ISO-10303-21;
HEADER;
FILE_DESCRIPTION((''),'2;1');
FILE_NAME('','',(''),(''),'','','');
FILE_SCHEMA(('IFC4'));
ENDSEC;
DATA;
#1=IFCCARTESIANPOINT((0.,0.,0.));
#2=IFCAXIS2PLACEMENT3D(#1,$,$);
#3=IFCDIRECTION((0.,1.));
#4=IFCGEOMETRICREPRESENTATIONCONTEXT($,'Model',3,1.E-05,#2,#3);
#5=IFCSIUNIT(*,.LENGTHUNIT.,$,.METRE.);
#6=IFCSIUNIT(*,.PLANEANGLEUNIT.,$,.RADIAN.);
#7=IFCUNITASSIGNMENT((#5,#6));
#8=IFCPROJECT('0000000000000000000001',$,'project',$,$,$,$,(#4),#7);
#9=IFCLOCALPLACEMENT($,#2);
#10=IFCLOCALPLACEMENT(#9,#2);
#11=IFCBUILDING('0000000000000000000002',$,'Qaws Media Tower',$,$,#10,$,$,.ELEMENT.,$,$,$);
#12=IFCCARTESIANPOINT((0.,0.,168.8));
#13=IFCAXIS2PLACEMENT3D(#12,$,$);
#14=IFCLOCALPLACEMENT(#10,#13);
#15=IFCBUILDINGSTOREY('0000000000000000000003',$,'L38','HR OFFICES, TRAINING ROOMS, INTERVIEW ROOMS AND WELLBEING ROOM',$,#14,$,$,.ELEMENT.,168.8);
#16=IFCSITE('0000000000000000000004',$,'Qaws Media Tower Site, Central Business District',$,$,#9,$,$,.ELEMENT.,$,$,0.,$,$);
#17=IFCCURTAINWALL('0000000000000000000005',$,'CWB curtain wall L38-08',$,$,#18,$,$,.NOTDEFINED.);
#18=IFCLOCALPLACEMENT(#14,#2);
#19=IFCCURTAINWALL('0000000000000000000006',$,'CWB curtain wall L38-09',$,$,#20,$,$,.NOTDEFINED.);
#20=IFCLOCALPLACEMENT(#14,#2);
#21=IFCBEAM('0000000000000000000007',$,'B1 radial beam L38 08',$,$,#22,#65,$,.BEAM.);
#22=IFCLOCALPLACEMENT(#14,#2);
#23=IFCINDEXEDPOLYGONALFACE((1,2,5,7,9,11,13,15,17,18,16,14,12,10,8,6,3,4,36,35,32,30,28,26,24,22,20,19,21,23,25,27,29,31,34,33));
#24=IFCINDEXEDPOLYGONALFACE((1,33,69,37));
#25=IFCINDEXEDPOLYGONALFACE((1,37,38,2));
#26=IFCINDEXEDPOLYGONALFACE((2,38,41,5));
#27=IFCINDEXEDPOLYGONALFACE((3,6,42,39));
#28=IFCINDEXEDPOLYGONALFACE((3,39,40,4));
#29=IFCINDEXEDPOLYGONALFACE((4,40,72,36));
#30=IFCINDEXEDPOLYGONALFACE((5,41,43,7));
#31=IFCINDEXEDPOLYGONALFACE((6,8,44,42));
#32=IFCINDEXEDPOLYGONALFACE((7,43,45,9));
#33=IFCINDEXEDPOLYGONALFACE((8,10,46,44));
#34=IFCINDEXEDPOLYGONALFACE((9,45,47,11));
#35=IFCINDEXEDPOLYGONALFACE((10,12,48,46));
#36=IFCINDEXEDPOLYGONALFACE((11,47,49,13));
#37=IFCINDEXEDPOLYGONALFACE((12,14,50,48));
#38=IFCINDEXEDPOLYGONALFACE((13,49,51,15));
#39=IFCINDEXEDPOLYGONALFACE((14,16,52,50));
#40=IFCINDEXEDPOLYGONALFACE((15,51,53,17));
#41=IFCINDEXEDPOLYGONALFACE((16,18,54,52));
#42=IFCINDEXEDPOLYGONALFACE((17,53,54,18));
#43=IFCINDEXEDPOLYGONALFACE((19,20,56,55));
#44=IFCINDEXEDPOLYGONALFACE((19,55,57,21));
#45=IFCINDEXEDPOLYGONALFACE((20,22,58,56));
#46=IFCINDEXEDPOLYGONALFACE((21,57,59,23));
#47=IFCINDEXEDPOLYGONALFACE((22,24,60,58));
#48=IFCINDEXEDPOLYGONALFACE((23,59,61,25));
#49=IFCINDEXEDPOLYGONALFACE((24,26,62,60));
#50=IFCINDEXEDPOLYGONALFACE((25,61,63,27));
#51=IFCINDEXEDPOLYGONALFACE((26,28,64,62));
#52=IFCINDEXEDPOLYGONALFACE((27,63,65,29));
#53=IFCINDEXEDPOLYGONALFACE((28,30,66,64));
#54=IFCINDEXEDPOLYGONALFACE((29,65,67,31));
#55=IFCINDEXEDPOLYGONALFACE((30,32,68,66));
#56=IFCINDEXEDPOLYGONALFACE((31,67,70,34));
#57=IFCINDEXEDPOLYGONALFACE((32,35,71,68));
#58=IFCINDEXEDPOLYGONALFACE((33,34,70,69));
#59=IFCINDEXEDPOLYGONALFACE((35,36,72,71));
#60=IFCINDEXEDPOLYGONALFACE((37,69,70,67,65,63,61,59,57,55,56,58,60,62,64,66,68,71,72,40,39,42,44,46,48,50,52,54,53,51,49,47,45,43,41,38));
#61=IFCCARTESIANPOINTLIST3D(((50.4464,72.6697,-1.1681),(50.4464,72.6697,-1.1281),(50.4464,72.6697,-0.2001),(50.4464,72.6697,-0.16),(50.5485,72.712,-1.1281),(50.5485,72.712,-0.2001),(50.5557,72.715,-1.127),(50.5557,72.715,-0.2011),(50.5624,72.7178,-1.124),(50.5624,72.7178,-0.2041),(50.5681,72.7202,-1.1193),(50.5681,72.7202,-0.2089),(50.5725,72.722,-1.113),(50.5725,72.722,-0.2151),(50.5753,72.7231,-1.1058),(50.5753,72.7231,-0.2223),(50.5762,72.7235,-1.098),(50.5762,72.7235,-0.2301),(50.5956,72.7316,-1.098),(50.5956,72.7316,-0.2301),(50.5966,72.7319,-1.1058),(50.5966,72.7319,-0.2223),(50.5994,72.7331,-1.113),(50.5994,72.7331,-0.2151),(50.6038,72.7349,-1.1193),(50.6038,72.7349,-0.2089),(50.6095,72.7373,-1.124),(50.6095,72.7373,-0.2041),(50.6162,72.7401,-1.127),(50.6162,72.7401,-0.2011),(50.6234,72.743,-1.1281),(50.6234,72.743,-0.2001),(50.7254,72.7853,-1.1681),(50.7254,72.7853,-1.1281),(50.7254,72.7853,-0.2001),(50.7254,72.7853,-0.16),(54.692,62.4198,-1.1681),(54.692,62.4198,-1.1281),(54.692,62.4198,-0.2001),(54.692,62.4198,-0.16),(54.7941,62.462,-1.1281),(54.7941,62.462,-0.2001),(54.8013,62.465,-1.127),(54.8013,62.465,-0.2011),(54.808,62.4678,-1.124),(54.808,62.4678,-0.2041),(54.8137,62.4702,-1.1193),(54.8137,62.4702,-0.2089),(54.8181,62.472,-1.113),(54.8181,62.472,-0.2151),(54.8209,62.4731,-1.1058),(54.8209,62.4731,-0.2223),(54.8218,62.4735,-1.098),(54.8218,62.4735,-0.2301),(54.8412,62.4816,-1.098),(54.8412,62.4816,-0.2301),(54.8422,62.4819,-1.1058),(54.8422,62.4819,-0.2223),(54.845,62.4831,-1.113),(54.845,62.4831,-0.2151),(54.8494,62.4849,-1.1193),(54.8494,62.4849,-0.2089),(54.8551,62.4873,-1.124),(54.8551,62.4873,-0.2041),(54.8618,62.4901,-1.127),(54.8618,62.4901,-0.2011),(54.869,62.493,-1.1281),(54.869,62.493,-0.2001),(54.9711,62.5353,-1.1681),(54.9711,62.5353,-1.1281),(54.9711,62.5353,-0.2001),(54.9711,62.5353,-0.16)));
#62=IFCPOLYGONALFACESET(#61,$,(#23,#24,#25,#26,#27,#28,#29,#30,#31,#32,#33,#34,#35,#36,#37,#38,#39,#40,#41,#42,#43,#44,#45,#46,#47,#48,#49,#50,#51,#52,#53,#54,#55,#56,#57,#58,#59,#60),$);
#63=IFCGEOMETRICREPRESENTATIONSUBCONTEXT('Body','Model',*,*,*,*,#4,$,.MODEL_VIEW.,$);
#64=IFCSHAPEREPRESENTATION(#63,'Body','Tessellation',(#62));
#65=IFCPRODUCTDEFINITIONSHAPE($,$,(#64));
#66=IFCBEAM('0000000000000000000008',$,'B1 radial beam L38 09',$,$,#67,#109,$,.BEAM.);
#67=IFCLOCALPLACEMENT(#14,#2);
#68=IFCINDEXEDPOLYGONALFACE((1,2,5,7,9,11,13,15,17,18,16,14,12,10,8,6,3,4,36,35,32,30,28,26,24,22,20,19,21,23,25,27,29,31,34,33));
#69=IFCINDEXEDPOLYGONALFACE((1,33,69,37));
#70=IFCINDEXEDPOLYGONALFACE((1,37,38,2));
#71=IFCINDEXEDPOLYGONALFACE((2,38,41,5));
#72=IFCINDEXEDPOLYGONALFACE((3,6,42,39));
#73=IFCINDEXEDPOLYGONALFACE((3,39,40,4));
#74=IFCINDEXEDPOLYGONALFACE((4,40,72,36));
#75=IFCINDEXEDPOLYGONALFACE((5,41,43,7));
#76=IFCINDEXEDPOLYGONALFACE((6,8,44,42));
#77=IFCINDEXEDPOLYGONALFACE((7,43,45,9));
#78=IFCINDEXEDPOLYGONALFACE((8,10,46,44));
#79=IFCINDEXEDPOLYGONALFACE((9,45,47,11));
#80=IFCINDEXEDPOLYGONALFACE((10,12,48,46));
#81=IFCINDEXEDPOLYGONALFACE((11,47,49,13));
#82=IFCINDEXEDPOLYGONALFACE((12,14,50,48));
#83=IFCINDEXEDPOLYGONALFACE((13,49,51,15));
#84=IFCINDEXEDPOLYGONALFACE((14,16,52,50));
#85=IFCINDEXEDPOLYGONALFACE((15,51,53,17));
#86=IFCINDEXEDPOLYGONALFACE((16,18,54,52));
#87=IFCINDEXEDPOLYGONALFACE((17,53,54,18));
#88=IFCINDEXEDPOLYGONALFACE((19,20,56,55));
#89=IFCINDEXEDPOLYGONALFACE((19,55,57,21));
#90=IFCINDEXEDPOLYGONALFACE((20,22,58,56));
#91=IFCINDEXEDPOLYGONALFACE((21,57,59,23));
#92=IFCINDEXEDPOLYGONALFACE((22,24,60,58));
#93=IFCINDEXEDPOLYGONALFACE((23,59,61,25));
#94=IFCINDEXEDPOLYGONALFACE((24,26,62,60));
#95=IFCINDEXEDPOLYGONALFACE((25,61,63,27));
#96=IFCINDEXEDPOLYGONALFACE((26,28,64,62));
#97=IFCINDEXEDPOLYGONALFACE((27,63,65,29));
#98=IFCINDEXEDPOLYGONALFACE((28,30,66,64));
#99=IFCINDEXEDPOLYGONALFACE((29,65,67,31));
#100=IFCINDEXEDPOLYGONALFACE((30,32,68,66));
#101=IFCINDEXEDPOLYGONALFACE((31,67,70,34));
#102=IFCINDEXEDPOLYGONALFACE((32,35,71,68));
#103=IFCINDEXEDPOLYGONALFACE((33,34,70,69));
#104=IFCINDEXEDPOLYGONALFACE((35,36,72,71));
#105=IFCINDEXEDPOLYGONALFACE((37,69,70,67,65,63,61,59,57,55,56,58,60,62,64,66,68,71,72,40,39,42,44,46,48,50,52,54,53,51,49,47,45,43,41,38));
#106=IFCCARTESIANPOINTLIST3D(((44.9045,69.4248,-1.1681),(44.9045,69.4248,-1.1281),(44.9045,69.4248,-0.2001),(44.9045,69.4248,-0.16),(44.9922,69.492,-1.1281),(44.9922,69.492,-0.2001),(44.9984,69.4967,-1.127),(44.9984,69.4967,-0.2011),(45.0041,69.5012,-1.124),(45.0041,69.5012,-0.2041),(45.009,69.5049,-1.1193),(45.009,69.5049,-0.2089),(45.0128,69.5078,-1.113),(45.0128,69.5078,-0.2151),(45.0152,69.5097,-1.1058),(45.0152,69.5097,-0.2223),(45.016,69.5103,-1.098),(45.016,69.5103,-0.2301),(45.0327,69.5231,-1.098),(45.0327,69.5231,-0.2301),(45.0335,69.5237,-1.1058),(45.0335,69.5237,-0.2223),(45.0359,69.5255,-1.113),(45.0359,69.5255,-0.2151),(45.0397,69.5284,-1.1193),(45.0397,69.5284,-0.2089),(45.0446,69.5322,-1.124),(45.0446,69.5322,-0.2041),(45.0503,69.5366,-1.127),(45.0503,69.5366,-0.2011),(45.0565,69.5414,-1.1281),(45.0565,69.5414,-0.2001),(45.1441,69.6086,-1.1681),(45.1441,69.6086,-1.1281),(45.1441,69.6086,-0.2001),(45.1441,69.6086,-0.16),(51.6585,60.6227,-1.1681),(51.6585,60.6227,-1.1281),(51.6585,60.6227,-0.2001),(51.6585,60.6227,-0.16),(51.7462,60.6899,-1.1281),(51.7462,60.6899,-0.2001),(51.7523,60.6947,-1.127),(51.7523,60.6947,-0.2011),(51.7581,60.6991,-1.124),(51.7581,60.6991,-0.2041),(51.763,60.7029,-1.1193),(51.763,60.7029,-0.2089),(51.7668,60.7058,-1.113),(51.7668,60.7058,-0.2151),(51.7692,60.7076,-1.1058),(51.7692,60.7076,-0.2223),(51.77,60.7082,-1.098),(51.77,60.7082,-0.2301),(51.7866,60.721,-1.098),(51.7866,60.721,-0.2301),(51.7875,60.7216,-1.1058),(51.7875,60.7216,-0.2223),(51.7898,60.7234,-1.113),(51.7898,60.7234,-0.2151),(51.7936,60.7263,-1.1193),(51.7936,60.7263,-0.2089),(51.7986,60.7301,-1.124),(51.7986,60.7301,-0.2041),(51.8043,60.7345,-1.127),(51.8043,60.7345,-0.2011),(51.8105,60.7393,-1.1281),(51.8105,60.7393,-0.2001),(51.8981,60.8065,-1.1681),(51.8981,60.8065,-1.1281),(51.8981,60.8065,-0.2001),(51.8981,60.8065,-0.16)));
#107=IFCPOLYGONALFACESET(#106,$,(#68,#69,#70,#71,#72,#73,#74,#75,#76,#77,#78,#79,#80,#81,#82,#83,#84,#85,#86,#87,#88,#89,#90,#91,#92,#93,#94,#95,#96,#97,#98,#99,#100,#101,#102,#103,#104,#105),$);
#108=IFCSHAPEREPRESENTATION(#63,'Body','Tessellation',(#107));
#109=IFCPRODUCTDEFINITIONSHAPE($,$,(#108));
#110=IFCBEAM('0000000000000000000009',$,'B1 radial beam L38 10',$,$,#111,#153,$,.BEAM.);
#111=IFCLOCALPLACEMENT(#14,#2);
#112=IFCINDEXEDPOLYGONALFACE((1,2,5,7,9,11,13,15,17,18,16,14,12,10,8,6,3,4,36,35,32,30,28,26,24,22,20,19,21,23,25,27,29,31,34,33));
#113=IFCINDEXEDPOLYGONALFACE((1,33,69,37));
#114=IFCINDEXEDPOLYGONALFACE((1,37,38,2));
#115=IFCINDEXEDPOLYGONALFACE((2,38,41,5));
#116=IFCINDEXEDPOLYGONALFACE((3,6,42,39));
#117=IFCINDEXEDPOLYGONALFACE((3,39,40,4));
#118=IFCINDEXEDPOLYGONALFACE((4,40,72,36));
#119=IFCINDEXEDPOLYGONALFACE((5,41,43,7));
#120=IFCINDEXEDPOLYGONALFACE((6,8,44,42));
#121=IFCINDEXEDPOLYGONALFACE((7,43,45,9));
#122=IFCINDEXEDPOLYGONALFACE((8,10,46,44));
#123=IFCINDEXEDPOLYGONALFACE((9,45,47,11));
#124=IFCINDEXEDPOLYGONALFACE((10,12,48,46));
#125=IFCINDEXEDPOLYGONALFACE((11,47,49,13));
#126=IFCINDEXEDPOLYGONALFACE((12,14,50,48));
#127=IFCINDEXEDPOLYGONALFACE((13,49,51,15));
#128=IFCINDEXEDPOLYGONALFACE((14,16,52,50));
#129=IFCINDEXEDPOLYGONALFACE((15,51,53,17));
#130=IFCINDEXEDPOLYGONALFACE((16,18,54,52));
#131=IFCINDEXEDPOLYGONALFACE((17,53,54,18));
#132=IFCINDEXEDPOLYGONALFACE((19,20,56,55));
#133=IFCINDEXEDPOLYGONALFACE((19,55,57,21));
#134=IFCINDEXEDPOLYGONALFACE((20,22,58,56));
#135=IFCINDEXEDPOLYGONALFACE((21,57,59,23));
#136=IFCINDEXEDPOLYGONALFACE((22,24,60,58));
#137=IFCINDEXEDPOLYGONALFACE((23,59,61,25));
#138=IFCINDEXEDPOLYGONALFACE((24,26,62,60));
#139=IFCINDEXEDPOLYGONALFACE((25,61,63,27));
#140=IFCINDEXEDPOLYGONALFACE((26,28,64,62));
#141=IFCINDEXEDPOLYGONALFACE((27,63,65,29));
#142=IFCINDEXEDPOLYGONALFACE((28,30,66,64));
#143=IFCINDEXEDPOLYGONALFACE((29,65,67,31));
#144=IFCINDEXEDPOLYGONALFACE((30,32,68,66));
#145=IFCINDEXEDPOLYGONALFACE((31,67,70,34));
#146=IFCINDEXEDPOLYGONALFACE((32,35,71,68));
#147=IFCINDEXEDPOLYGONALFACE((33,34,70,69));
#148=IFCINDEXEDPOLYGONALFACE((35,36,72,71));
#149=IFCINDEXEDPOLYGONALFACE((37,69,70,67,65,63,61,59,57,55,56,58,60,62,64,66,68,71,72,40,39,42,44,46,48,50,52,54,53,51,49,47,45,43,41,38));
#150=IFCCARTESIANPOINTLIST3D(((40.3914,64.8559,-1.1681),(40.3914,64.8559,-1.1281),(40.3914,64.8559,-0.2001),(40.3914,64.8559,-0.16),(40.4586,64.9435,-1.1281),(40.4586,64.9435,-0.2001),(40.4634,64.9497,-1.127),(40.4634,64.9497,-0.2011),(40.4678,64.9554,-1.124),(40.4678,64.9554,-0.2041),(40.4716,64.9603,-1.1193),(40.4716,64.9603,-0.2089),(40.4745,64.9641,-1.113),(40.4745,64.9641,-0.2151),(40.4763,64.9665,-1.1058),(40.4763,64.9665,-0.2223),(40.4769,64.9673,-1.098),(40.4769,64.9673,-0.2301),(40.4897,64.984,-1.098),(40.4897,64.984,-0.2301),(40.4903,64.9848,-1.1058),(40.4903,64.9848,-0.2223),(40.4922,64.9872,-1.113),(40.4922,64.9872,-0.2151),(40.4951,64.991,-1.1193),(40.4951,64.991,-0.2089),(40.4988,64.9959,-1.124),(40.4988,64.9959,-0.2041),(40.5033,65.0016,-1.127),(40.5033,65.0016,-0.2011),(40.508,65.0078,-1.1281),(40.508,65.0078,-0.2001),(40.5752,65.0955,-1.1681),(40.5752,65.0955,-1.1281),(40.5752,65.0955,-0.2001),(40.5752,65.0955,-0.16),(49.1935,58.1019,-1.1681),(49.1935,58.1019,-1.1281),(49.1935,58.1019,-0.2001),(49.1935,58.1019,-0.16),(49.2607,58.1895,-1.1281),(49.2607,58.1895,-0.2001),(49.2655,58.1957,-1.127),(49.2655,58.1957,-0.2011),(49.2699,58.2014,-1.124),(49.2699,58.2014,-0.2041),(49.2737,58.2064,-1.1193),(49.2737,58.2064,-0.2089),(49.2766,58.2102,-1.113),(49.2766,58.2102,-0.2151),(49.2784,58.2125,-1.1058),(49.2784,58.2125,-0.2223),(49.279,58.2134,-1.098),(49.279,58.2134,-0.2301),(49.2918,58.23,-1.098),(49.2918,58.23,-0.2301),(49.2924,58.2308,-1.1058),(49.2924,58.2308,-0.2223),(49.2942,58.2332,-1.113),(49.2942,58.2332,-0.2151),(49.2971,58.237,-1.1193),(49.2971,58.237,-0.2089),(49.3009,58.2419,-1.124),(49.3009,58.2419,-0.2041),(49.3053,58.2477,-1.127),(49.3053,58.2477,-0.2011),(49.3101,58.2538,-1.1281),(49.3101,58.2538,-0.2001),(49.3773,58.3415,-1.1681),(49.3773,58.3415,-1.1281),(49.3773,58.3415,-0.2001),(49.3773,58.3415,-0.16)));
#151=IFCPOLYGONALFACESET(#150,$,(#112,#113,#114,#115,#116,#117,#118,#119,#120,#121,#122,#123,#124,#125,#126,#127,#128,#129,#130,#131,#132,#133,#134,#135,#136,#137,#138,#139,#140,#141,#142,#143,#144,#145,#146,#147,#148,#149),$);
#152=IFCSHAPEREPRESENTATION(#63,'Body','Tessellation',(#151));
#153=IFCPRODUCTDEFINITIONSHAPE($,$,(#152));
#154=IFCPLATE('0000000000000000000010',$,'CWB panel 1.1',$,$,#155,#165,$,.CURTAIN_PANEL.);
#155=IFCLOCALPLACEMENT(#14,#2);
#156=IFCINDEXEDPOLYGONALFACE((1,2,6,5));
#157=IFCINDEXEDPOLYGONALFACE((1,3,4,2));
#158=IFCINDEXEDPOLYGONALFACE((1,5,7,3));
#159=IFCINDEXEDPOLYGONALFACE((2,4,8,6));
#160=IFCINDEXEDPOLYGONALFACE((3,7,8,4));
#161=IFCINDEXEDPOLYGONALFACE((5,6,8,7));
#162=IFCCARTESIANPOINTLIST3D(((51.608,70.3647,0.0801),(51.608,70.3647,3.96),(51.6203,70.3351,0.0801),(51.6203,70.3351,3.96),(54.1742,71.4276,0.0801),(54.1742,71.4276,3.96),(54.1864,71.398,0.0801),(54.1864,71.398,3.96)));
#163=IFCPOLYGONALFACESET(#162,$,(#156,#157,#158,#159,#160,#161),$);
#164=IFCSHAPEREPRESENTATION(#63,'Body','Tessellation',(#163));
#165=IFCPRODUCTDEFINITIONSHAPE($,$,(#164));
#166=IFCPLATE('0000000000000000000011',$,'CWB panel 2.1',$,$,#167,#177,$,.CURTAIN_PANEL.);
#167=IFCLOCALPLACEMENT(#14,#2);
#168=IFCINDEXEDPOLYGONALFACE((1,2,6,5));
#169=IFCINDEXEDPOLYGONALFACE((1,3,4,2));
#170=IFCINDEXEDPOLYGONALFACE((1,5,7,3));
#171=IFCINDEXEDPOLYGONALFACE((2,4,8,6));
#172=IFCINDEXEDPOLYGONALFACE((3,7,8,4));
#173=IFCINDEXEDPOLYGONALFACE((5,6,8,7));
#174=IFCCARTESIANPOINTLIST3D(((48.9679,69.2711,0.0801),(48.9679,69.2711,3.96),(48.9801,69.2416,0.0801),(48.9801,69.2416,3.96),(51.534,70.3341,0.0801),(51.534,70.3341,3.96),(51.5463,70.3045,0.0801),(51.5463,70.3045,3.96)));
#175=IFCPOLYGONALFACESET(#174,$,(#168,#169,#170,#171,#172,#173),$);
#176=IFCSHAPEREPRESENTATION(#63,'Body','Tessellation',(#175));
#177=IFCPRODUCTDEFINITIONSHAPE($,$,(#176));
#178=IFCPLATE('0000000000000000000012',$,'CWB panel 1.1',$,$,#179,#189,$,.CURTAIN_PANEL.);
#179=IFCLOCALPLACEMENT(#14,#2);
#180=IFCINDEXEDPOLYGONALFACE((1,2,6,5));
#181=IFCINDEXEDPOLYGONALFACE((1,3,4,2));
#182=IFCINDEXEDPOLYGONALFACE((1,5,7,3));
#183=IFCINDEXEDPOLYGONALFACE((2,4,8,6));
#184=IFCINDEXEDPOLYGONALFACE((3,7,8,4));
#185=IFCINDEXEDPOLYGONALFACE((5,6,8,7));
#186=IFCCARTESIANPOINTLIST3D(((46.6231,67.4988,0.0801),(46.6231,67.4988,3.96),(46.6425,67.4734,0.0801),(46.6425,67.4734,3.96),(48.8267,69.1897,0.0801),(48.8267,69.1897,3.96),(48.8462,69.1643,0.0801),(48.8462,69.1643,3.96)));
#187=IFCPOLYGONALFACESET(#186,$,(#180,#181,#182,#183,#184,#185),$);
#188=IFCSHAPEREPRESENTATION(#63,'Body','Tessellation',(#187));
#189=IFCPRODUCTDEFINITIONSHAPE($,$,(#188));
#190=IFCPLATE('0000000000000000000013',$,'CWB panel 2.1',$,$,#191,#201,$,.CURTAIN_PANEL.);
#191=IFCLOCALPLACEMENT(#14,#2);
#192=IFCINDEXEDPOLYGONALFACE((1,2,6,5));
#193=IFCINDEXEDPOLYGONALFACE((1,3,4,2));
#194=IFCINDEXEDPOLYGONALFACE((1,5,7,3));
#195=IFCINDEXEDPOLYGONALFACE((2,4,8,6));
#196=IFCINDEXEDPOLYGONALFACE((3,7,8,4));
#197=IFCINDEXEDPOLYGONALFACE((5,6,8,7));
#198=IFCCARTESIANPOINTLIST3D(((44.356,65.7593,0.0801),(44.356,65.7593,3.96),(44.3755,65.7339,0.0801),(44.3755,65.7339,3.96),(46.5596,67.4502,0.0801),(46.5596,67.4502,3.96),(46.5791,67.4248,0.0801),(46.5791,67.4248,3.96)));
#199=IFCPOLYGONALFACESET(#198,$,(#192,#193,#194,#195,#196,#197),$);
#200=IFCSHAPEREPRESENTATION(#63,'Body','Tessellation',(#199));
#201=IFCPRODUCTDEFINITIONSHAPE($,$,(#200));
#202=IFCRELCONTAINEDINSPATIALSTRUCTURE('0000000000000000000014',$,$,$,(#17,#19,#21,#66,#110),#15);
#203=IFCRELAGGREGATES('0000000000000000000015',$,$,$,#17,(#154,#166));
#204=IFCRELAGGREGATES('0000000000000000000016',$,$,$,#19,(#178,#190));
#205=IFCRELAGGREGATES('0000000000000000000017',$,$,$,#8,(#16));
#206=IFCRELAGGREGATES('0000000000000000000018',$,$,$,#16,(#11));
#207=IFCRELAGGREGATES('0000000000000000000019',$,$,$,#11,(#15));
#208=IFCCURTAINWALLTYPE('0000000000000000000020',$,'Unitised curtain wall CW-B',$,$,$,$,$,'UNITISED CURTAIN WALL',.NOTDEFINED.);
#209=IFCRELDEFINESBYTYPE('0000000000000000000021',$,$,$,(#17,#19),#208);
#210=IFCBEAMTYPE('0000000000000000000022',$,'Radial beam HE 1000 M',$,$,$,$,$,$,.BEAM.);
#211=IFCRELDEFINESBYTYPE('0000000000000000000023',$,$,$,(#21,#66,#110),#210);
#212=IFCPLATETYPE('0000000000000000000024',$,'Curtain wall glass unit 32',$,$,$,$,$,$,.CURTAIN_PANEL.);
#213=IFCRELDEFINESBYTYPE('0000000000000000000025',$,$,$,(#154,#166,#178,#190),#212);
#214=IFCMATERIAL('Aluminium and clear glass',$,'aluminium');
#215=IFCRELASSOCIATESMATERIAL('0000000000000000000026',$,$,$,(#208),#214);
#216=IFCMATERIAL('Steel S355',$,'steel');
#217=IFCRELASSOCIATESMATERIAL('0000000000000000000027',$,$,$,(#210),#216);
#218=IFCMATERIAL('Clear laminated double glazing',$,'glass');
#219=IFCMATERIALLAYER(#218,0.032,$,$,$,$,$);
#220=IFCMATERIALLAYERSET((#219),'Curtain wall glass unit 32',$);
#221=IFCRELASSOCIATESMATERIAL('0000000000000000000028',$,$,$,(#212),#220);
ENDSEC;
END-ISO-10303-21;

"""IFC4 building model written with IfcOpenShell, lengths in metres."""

from ifc_helpers import new_model, si_unit, direction, frame, origin, origin_2d, place, context, subcontext, project, spatial, rectangle, i_section, extrude, material, layer, layer_set, material_profile, profile_set, type_object, element, aggregate, save


model = new_model("IFC4")

# Units and contexts
model_context = context("Model", 3, precision=1e-05, world=origin(), true_north=direction((0.0, 1.0)))
body_context = subcontext(model_context, "Body", "Model", "MODEL_VIEW")
ifc_project = project(units=[si_unit("LENGTHUNIT", "METRE"), si_unit("PLANEANGLEUNIT", "RADIAN")], contexts=[model_context])

# Site, building, storey
site_placement = place(None, origin())
site = spatial("IfcSite", under=ifc_project, at=site_placement, Name="Qaws Media Tower Site, Central Business District", CompositionType="ELEMENT", RefElevation=0.0)
building_placement = place(site_placement, origin())
building = spatial("IfcBuilding", under=site, at=building_placement, Name="Qaws Media Tower", CompositionType="ELEMENT")
storey_placement = place(building_placement, frame((0.0, 0.0, 168.8)))
storey = spatial("IfcBuildingStorey", under=building, at=storey_placement, Name="L38", Description="HR OFFICES, TRAINING ROOMS, INTERVIEW ROOMS AND WELLBEING ROOM", CompositionType="ELEMENT", Elevation=168.8)

# Curtain walls
ifc_material_1 = material(Name="Aluminium and clear glass", Category="aluminium")
curtain_wall_type = type_object("IfcCurtainWallType", Name="Unitised curtain wall CW-B", ElementType="UNITISED CURTAIN WALL", PredefinedType="NOTDEFINED", material=ifc_material_1)
curtain_wall_1_placement = place(storey_placement, origin())
curtain_wall_1 = element("IfcCurtainWall", 1, at=curtain_wall_1_placement, inside=storey, type_object=curtain_wall_type, Name="CWB curtain wall L38-08", PredefinedType="NOTDEFINED")
curtain_wall_2_placement = place(storey_placement, origin())
curtain_wall_2 = element("IfcCurtainWall", 2, at=curtain_wall_2_placement, inside=storey, type_object=curtain_wall_type, Name="CWB curtain wall L38-09", PredefinedType="NOTDEFINED")

# Beams
ifc_material_2 = material(Name="Steel S355", Category="steel")
ifc_material_profile_1 = material_profile(ifc_material_2, i_section(OverallWidth=0.302, OverallDepth=1.0081, WebThickness=0.021, FlangeThickness=0.04, FilletRadius=0.03, at=origin_2d()), Name="HE 1000 M")
ifc_profile_set_1 = profile_set([ifc_material_profile_1], Name="Steel S355")
beam_type_1 = type_object("IfcBeamType", Name="Radial beam HE 1000 M", PredefinedType="BEAM", material=ifc_profile_set_1)
beam_1_placement = place(storey_placement, frame((54.8315, 62.4775, -0.6641), z_axis=(-0.382677, 0.923882, 0.0), x_axis=(-0.923882, -0.382677, 0.0)))
element("IfcBeam", 3, at=beam_1_placement, inside=storey, type_object=beam_type_1, Name="B1 radial beam L38 08", PredefinedType="BEAM", context=body_context, shape_type="SweptSolid", body=[
    extrude(i_section(OverallWidth=0.302, OverallDepth=1.0081, WebThickness=0.021, FlangeThickness=0.04, FilletRadius=0.03, at=origin_2d()), origin(), (0.0, 0.0, 1.0), 11.0945),
])
for number, where, z_axis, x_axis, name in (
    (4, (51.7783, 60.7146, -0.6641), (-0.608755, 0.793358, 0.0), (-0.793358, -0.608755, 0.0), "B1 radial beam L38 09"),
    (5, (49.2854, 58.2217, -0.6641), (-0.793358, 0.608755, 0.0), (-0.608755, -0.793358, 0.0), "B1 radial beam L38 10"),
):
    element("IfcBeam", number, at=place(storey_placement, frame(where, z_axis=z_axis, x_axis=x_axis)), inside=storey, type_object=beam_type_1, Name=name, PredefinedType="BEAM", context=body_context, shape_type="SweptSolid", body=[
        extrude(i_section(OverallWidth=0.302, OverallDepth=1.0081, WebThickness=0.021, FlangeThickness=0.04, FilletRadius=0.03, at=origin_2d()), origin(), (0.0, 0.0, 1.0), 11.0947),
    ])

# Plates
ifc_material_3 = material(Name="Clear laminated double glazing", Category="glass")
ifc_layer_1 = layer(ifc_material_3, 0.032)
ifc_layer_set_1 = layer_set([ifc_layer_1], Name="Curtain wall glass unit 32")
plate_type_1 = type_object("IfcPlateType", Name="Curtain wall glass unit 32", PredefinedType="CURTAIN_PANEL", material=ifc_layer_set_1)
plate_1_placement = place(storey_placement, frame((52.8972, 70.8813, 0.0801), z_axis=(0.0, 0.0, 1.0), x_axis=(-0.92388, -0.382683, 0.0)))
plate_1 = element("IfcPlate", 6, at=plate_1_placement, type_object=plate_type_1, Name="CWB panel 1.1", PredefinedType="CURTAIN_PANEL", context=body_context, shape_type="SweptSolid", body=[
    extrude(rectangle(XDim=2.7776, YDim=0.032, at=origin_2d()), origin(), (0.0, 0.0, 1.0), 3.8799),
])
plate_2_placement = place(storey_placement, frame((50.2571, 69.7878, 0.0801), z_axis=(0.0, 0.0, 1.0), x_axis=(-0.92388, -0.382683, 0.0)))
plate_2 = element("IfcPlate", 7, at=plate_2_placement, type_object=plate_type_1, Name="CWB panel 2.1", PredefinedType="CURTAIN_PANEL", context=body_context, shape_type="SweptSolid", body=[
    extrude(rectangle(XDim=2.7776, YDim=0.032, at=origin_2d()), origin(), (0.0, 0.0, 1.0), 3.8799),
])
aggregate(curtain_wall_1, [plate_1, plate_2])
plate_3_placement = place(storey_placement, frame((47.7346, 68.3315, 0.0801), z_axis=(0.0, 0.0, 1.0), x_axis=(-0.793353, -0.608761, 0.0)))
plate_3 = element("IfcPlate", 8, at=plate_3_placement, type_object=plate_type_1, Name="CWB panel 1.1", PredefinedType="CURTAIN_PANEL", context=body_context, shape_type="SweptSolid", body=[
    extrude(rectangle(XDim=2.7776, YDim=0.032, at=origin_2d()), origin(), (0.0, 0.0, 1.0), 3.8799),
])
plate_4_placement = place(storey_placement, frame((45.4675, 66.592, 0.0801), z_axis=(0.0, 0.0, 1.0), x_axis=(-0.793353, -0.608761, 0.0)))
plate_4 = element("IfcPlate", 9, at=plate_4_placement, type_object=plate_type_1, Name="CWB panel 2.1", PredefinedType="CURTAIN_PANEL", context=body_context, shape_type="SweptSolid", body=[
    extrude(rectangle(XDim=2.7776, YDim=0.032, at=origin_2d()), origin(), (0.0, 0.0, 1.0), 3.8799),
])
aggregate(curtain_wall_2, [plate_3, plate_4])

save(model, "model.ifc")
